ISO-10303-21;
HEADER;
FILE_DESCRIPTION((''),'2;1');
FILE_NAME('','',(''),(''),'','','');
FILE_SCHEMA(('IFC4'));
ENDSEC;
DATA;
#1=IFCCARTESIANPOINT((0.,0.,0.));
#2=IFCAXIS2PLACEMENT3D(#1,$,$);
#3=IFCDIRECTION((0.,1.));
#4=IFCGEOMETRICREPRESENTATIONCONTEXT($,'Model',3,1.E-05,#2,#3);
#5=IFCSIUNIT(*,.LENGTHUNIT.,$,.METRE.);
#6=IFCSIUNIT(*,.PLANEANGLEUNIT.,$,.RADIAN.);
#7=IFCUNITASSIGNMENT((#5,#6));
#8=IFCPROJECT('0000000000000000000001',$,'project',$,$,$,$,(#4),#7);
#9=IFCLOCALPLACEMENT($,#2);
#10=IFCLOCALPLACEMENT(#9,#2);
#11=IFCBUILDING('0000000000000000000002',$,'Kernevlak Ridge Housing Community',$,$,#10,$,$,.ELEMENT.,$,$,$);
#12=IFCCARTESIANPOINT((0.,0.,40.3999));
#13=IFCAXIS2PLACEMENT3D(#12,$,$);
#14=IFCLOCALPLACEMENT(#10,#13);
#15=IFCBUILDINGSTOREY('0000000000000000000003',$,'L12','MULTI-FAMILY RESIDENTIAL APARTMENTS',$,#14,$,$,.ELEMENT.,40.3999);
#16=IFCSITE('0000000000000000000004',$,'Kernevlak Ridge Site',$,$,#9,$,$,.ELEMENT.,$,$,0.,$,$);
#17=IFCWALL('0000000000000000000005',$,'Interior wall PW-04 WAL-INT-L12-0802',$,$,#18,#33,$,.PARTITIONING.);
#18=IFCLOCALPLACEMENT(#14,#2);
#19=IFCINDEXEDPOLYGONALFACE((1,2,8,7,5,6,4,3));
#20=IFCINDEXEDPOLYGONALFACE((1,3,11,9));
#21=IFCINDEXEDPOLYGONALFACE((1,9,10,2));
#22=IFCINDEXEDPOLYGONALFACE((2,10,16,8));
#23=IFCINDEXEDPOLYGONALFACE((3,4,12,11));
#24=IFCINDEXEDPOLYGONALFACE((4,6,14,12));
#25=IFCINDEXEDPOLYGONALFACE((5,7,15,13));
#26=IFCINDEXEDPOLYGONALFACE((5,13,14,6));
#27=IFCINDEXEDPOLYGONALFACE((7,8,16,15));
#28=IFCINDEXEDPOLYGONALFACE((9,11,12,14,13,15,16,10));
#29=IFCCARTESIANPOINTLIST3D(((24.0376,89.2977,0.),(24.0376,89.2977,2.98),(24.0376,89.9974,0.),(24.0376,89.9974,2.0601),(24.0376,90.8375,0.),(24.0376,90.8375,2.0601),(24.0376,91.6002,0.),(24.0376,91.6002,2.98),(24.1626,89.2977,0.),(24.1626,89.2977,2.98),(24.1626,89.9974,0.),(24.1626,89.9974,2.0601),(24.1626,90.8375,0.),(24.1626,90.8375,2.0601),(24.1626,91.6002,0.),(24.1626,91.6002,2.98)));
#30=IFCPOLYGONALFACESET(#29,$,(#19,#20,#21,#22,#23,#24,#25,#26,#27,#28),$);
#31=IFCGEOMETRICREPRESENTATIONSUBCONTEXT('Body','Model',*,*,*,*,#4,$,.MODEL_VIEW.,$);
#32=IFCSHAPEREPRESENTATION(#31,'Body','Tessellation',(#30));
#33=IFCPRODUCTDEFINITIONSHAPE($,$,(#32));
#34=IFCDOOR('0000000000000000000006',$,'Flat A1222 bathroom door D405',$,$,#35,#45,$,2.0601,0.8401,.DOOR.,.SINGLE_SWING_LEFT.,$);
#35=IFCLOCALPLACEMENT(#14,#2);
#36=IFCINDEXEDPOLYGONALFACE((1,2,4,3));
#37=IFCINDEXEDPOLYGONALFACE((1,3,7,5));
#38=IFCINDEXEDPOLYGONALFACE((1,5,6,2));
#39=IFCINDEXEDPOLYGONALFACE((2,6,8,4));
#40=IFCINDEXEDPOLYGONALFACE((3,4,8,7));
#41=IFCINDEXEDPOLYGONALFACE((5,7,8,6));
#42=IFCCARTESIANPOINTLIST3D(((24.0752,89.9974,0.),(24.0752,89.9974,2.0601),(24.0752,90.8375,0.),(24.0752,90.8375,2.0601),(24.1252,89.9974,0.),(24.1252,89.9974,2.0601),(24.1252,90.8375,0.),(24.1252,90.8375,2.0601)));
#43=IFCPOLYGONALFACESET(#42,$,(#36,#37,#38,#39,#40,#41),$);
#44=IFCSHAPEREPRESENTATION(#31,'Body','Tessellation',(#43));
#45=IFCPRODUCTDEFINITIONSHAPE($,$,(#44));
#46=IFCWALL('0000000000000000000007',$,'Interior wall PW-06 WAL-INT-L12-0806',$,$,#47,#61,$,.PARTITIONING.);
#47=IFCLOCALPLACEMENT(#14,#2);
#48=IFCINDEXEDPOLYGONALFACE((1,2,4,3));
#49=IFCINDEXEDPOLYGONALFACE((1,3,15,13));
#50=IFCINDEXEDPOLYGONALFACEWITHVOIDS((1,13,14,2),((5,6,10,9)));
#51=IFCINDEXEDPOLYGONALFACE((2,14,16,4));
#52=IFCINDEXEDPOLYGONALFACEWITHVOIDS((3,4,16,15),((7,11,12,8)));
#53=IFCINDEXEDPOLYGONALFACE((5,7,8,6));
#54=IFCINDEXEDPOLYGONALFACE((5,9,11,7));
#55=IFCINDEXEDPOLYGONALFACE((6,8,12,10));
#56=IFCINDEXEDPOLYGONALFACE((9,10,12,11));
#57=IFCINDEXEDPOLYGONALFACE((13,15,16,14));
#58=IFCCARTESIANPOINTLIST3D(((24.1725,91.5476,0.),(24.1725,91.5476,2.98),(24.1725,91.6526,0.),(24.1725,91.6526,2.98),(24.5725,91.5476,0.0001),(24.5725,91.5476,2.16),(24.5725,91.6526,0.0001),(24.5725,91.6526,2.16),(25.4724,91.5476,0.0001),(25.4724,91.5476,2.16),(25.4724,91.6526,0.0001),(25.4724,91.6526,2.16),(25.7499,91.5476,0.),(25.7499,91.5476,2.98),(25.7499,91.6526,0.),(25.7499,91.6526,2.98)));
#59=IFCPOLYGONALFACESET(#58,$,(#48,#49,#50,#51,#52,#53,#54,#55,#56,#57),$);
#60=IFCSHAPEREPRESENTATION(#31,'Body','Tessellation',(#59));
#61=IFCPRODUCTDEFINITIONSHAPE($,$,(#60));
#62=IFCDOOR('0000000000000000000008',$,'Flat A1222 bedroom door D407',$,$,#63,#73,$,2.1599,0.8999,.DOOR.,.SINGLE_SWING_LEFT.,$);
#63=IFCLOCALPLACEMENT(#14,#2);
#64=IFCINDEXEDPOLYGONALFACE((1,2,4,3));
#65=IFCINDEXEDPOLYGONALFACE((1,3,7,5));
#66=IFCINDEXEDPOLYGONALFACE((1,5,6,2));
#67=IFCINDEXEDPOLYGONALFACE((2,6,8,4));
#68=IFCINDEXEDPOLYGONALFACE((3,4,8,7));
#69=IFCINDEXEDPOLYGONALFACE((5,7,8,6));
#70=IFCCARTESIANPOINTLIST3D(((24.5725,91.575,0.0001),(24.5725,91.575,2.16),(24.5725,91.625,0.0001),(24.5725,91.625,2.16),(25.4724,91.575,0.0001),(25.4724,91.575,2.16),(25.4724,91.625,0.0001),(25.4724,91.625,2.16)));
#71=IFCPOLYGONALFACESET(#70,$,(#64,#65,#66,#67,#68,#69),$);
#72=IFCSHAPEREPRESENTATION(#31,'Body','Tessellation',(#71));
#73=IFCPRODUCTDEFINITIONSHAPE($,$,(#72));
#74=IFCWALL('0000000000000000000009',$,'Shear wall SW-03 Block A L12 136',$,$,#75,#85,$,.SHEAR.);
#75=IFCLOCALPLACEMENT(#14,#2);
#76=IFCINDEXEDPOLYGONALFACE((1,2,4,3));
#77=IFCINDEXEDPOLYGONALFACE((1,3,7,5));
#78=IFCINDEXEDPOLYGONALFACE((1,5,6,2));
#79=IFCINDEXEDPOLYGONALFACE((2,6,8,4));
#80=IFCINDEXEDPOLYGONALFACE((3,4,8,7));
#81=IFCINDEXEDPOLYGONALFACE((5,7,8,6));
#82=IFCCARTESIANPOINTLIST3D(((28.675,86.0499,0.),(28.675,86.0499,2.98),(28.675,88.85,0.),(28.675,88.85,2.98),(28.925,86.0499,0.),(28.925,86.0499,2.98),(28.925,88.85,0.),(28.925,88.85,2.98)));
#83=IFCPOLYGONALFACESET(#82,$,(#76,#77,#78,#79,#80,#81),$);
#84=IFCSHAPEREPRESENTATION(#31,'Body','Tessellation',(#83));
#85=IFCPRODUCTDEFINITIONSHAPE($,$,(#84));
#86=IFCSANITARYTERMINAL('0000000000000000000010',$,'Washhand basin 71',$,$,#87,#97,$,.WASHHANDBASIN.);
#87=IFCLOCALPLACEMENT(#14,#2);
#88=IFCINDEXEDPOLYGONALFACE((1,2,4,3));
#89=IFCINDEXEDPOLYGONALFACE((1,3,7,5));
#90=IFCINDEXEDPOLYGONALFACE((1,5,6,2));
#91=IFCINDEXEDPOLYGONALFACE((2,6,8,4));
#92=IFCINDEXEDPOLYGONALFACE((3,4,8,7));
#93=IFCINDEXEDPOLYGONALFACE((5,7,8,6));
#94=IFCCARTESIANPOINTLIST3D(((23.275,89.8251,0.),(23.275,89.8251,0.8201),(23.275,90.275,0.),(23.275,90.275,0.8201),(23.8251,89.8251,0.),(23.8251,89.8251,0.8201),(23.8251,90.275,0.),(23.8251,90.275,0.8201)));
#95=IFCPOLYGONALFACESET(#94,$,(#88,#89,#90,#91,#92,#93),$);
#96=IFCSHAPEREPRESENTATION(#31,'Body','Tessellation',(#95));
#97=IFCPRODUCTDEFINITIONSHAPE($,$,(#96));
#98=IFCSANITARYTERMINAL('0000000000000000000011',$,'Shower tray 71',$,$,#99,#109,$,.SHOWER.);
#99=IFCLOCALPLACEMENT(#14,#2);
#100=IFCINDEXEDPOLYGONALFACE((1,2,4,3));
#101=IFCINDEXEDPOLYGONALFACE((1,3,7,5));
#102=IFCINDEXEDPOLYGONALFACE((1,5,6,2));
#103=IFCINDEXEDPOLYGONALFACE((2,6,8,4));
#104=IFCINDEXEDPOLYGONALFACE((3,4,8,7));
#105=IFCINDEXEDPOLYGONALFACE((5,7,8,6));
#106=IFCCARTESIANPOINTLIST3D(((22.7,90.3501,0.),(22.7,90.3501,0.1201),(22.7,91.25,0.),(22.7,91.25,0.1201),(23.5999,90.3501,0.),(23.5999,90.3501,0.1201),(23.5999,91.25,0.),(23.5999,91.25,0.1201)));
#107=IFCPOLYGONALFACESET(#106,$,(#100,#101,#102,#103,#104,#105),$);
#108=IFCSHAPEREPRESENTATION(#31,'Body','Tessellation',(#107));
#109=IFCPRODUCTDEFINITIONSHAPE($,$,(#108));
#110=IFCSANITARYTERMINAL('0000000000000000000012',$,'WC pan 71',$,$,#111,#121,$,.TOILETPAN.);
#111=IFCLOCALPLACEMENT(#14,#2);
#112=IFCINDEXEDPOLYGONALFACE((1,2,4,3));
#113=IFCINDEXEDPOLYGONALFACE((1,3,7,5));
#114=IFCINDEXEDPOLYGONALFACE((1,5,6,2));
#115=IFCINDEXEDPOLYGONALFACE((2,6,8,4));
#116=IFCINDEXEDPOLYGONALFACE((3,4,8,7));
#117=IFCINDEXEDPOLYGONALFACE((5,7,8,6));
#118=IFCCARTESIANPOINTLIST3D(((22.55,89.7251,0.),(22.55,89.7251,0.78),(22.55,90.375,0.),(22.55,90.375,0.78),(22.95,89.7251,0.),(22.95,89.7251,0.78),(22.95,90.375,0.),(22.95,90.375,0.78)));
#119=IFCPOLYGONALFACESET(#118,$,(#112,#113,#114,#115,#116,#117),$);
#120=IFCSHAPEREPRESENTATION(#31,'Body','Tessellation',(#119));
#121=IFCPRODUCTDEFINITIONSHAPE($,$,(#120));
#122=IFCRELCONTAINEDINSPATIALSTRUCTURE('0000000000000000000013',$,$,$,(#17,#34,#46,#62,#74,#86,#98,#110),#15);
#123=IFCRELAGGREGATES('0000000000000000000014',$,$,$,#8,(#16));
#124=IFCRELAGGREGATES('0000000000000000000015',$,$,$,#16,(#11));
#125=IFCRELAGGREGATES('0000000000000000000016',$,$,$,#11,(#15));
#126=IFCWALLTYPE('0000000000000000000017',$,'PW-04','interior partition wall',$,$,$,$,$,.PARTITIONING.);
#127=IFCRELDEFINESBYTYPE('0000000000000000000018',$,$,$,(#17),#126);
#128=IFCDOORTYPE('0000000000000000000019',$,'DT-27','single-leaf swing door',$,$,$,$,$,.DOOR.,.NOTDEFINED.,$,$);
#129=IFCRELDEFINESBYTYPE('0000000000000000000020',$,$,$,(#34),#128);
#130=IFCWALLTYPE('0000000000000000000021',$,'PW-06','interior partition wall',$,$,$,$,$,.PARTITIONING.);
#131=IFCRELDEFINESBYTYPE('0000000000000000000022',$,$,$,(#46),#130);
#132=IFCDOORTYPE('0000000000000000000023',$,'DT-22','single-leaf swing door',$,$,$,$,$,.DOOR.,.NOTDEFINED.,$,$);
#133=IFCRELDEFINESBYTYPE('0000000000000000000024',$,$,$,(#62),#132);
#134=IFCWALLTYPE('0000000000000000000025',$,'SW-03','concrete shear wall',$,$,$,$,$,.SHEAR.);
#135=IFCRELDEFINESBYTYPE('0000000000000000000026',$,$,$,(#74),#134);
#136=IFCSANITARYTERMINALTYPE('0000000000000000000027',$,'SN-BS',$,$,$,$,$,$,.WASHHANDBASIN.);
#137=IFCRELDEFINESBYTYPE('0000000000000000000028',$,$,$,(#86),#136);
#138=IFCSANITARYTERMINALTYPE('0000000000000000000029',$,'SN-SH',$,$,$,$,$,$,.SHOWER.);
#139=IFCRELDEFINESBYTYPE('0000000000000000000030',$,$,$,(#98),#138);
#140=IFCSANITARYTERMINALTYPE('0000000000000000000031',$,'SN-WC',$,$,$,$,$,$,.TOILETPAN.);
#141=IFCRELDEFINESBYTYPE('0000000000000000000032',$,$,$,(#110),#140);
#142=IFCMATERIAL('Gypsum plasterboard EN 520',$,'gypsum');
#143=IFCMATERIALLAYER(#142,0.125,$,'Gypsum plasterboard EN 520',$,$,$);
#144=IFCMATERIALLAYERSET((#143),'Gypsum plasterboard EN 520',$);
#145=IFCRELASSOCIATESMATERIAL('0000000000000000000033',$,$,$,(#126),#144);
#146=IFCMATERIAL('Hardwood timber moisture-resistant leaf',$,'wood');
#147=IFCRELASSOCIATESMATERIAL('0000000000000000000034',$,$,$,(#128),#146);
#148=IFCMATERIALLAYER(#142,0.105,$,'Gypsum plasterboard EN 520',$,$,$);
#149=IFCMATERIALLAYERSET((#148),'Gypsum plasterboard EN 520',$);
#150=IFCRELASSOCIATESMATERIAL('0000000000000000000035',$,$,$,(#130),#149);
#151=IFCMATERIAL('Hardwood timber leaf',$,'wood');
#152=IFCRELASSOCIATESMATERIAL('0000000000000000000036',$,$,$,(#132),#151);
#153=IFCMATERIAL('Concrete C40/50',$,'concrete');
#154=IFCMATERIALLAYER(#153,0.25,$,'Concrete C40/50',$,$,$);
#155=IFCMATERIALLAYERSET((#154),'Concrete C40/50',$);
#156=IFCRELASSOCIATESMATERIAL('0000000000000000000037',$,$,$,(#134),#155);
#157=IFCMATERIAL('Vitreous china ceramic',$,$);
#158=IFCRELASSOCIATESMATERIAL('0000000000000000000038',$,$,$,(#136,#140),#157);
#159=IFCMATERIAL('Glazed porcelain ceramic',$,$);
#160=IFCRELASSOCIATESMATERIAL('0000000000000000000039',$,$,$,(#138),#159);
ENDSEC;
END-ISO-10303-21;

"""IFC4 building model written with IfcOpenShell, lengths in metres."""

from ifc_helpers import new_model, si_unit, direction, frame, frame_2d, origin, origin_2d, place, context, subcontext, project, spatial, rectangle, extrude, material, layer, layer_set, type_object, element, fill, save


model = new_model("IFC4")

# Units and contexts
model_context = context("Model", 3, precision=1e-05, world=origin(), true_north=direction((0.0, 1.0)))
body_context = subcontext(model_context, "Body", "Model", "MODEL_VIEW")
ifc_project = project(units=[si_unit("LENGTHUNIT", "METRE"), si_unit("PLANEANGLEUNIT", "RADIAN")], contexts=[model_context])

# Site, building, storey
site_placement = place(None, origin())
site = spatial("IfcSite", under=ifc_project, at=site_placement, Name="Kernevlak Ridge Site", CompositionType="ELEMENT", RefElevation=0.0)
building_placement = place(site_placement, origin())
building = spatial("IfcBuilding", under=site, at=building_placement, Name="Kernevlak Ridge Housing Community", CompositionType="ELEMENT")
storey_placement = place(building_placement, frame((0.0, 0.0, 40.3999)))
storey = spatial("IfcBuildingStorey", under=building, at=storey_placement, Name="L12", Description="MULTI-FAMILY RESIDENTIAL APARTMENTS", CompositionType="ELEMENT", Elevation=40.3999)

# Walls, openings, doors
ifc_material_1 = material(Name="Hardwood timber leaf", Category="wood")
ifc_material_2 = material(Name="Gypsum plasterboard EN 520", Category="gypsum")
ifc_layer_1 = layer(ifc_material_2, 0.125, Name="Gypsum plasterboard EN 520")
ifc_layer_set_1 = layer_set([ifc_layer_1], Name="Gypsum plasterboard EN 520")
wall_type_1 = type_object("IfcWallType", Name="PW-04", Description="interior partition wall", PredefinedType="PARTITIONING", material=ifc_layer_set_1)
wall_1_placement = place(storey_placement, frame((24.1001, 89.2976, 0.0), z_axis=(0.0, 0.0, 1.0), x_axis=(0.0, 1.0, 0.0)))
wall_1 = element("IfcWall", 1, at=wall_1_placement, inside=storey, type_object=wall_type_1, Name="Interior wall PW-04 WAL-INT-L12-0802", PredefinedType="PARTITIONING", context=body_context, shape_type="SweptSolid", body=[
    extrude(rectangle(XDim=2.3025, YDim=0.125, at=frame_2d((1.1514, 0.0))), origin(), (0.0, 0.0, 1.0), 2.98),
])
opening_1_placement = place(wall_1_placement, frame((0.7, 0.0, 0.0)))
opening_1 = element("IfcOpeningElement", 2, at=opening_1_placement, cuts=wall_1, PredefinedType="OPENING", context=body_context, shape_type="SweptSolid", body=[
    extrude(rectangle(XDim=0.8401, YDim=2.0601, at=frame_2d((0.4199, 1.03))), frame((0.0, 0.0725, 0.0), z_axis=(0.0, -1.0, 0.0), x_axis=(1.0, 0.0, 0.0)), (0.0, 0.0, 1.0), 0.145),
])
ifc_material_3 = material(Name="Hardwood timber moisture-resistant leaf", Category="wood")
door_type_1 = type_object("IfcDoorType", Name="DT-27", Description="single-leaf swing door", OperationType="NOTDEFINED", PredefinedType="DOOR", material=ifc_material_3)
door_1_placement = place(opening_1_placement, origin())
door_1 = element("IfcDoor", 3, at=door_1_placement, inside=storey, type_object=door_type_1, Name="Flat A1222 bathroom door D405", OperationType="SINGLE_SWING_LEFT", OverallHeight=2.0601, OverallWidth=0.8401, PredefinedType="DOOR", context=body_context, shape_type="SweptSolid", body=[
    extrude(rectangle(XDim=0.8401, YDim=2.0601, at=frame_2d((0.4199, 1.03))), frame((0.0, 0.0249, 0.0), z_axis=(0.0, -1.0, 0.0), x_axis=(1.0, 0.0, 0.0)), (0.0, 0.0, 1.0), 0.05),
])
fill(opening_1, door_1)
ifc_layer_2 = layer(ifc_material_2, 0.105, Name="Gypsum plasterboard EN 520")
ifc_layer_set_2 = layer_set([ifc_layer_2], Name="Gypsum plasterboard EN 520")
wall_type_2 = type_object("IfcWallType", Name="PW-06", Description="interior partition wall", PredefinedType="PARTITIONING", material=ifc_layer_set_2)
wall_2_placement = place(storey_placement, frame((24.1726, 91.6001, 0.0), z_axis=(0.0, 0.0, 1.0), x_axis=(1.0, 0.0, 0.0)))
wall_2 = element("IfcWall", 4, at=wall_2_placement, inside=storey, type_object=wall_type_2, Name="Interior wall PW-06 WAL-INT-L12-0806", PredefinedType="PARTITIONING", context=body_context, shape_type="SweptSolid", body=[
    extrude(rectangle(XDim=1.5774, YDim=0.105, at=frame_2d((0.7886, 0.0))), origin(), (0.0, 0.0, 1.0), 2.98),
])
opening_2_placement = place(wall_2_placement, frame((0.3999, 0.0, 0.0)))
opening_2 = element("IfcOpeningElement", 5, at=opening_2_placement, cuts=wall_2, PredefinedType="OPENING", context=body_context, shape_type="SweptSolid", body=[
    extrude(rectangle(XDim=0.8999, YDim=2.1599, at=frame_2d((0.45, 1.0801))), frame((0.0, 0.0625, 0.0), z_axis=(0.0, -1.0, 0.0), x_axis=(1.0, 0.0, 0.0)), (0.0, 0.0, 1.0), 0.125),
])
door_type_2 = type_object("IfcDoorType", Name="DT-22", Description="single-leaf swing door", OperationType="NOTDEFINED", PredefinedType="DOOR", material=ifc_material_1)
door_2_placement = place(opening_2_placement, origin())
door_2 = element("IfcDoor", 6, at=door_2_placement, inside=storey, type_object=door_type_2, Name="Flat A1222 bedroom door D407", OperationType="SINGLE_SWING_LEFT", OverallHeight=2.1599, OverallWidth=0.8999, PredefinedType="DOOR", context=body_context, shape_type="SweptSolid", body=[
    extrude(rectangle(XDim=0.8999, YDim=2.1599, at=frame_2d((0.45, 1.0801))), frame((0.0, 0.0249, 0.0), z_axis=(0.0, -1.0, 0.0), x_axis=(1.0, 0.0, 0.0)), (0.0, 0.0, 1.0), 0.05),
])
fill(opening_2, door_2)

# Wall
ifc_material_4 = material(Name="Concrete C40/50", Category="concrete")
ifc_layer_3 = layer(ifc_material_4, 0.25, Name="Concrete C40/50")
ifc_layer_set_3 = layer_set([ifc_layer_3], Name="Concrete C40/50")
wall_type_3 = type_object("IfcWallType", Name="SW-03", Description="concrete shear wall", PredefinedType="SHEAR", material=ifc_layer_set_3)
wall_3_placement = place(storey_placement, frame((28.8, 86.05, 0.0), z_axis=(0.0, 0.0, 1.0), x_axis=(0.0, 1.0, 0.0)))
element("IfcWall", 7, at=wall_3_placement, inside=storey, type_object=wall_type_3, Name="Shear wall SW-03 Block A L12 136", PredefinedType="SHEAR", context=body_context, shape_type="SweptSolid", body=[
    extrude(rectangle(XDim=2.8, YDim=0.25, at=frame_2d((1.3999, 0.0))), origin(), (0.0, 0.0, 1.0), 2.98),
])

# Sanitary terminals
ifc_material_5 = material(Name="Vitreous china ceramic")
sanitary_terminal_type_1 = type_object("IfcSanitaryTerminalType", Name="SN-BS", PredefinedType="WASHHANDBASIN", material=ifc_material_5)
sanitary_terminal_1_placement = place(storey_placement, frame((23.55, 90.05, 0.0), z_axis=(0.0, 0.0, 1.0), x_axis=(1.0, 0.0, 0.0)))
element("IfcSanitaryTerminal", 8, at=sanitary_terminal_1_placement, inside=storey, type_object=sanitary_terminal_type_1, Name="Washhand basin 71", PredefinedType="WASHHANDBASIN", context=body_context, shape_type="SweptSolid", body=[
    extrude(rectangle(XDim=0.55, YDim=0.45, at=origin_2d()), origin(), (0.0, 0.0, 1.0), 0.8201),
])
ifc_material_6 = material(Name="Glazed porcelain ceramic")
sanitary_terminal_type_2 = type_object("IfcSanitaryTerminalType", Name="SN-SH", PredefinedType="SHOWER", material=ifc_material_6)
sanitary_terminal_2_placement = place(storey_placement, frame((23.1499, 90.8, 0.0), z_axis=(0.0, 0.0, 1.0), x_axis=(1.0, 0.0, 0.0)))
element("IfcSanitaryTerminal", 9, at=sanitary_terminal_2_placement, inside=storey, type_object=sanitary_terminal_type_2, Name="Shower tray 71", PredefinedType="SHOWER", context=body_context, shape_type="SweptSolid", body=[
    extrude(rectangle(XDim=0.8999, YDim=0.8999, at=origin_2d()), origin(), (0.0, 0.0, 1.0), 0.1201),
])
sanitary_terminal_type_3 = type_object("IfcSanitaryTerminalType", Name="SN-WC", PredefinedType="TOILETPAN", material=ifc_material_5)
sanitary_terminal_3_placement = place(storey_placement, frame((22.75, 90.05, 0.0), z_axis=(0.0, 0.0, 1.0), x_axis=(1.0, 0.0, 0.0)))
element("IfcSanitaryTerminal", 10, at=sanitary_terminal_3_placement, inside=storey, type_object=sanitary_terminal_type_3, Name="WC pan 71", PredefinedType="TOILETPAN", context=body_context, shape_type="SweptSolid", body=[
    extrude(rectangle(XDim=0.3999, YDim=0.6499, at=origin_2d()), origin(), (0.0, 0.0, 1.0), 0.78),
])

save(model, "model.ifc")
